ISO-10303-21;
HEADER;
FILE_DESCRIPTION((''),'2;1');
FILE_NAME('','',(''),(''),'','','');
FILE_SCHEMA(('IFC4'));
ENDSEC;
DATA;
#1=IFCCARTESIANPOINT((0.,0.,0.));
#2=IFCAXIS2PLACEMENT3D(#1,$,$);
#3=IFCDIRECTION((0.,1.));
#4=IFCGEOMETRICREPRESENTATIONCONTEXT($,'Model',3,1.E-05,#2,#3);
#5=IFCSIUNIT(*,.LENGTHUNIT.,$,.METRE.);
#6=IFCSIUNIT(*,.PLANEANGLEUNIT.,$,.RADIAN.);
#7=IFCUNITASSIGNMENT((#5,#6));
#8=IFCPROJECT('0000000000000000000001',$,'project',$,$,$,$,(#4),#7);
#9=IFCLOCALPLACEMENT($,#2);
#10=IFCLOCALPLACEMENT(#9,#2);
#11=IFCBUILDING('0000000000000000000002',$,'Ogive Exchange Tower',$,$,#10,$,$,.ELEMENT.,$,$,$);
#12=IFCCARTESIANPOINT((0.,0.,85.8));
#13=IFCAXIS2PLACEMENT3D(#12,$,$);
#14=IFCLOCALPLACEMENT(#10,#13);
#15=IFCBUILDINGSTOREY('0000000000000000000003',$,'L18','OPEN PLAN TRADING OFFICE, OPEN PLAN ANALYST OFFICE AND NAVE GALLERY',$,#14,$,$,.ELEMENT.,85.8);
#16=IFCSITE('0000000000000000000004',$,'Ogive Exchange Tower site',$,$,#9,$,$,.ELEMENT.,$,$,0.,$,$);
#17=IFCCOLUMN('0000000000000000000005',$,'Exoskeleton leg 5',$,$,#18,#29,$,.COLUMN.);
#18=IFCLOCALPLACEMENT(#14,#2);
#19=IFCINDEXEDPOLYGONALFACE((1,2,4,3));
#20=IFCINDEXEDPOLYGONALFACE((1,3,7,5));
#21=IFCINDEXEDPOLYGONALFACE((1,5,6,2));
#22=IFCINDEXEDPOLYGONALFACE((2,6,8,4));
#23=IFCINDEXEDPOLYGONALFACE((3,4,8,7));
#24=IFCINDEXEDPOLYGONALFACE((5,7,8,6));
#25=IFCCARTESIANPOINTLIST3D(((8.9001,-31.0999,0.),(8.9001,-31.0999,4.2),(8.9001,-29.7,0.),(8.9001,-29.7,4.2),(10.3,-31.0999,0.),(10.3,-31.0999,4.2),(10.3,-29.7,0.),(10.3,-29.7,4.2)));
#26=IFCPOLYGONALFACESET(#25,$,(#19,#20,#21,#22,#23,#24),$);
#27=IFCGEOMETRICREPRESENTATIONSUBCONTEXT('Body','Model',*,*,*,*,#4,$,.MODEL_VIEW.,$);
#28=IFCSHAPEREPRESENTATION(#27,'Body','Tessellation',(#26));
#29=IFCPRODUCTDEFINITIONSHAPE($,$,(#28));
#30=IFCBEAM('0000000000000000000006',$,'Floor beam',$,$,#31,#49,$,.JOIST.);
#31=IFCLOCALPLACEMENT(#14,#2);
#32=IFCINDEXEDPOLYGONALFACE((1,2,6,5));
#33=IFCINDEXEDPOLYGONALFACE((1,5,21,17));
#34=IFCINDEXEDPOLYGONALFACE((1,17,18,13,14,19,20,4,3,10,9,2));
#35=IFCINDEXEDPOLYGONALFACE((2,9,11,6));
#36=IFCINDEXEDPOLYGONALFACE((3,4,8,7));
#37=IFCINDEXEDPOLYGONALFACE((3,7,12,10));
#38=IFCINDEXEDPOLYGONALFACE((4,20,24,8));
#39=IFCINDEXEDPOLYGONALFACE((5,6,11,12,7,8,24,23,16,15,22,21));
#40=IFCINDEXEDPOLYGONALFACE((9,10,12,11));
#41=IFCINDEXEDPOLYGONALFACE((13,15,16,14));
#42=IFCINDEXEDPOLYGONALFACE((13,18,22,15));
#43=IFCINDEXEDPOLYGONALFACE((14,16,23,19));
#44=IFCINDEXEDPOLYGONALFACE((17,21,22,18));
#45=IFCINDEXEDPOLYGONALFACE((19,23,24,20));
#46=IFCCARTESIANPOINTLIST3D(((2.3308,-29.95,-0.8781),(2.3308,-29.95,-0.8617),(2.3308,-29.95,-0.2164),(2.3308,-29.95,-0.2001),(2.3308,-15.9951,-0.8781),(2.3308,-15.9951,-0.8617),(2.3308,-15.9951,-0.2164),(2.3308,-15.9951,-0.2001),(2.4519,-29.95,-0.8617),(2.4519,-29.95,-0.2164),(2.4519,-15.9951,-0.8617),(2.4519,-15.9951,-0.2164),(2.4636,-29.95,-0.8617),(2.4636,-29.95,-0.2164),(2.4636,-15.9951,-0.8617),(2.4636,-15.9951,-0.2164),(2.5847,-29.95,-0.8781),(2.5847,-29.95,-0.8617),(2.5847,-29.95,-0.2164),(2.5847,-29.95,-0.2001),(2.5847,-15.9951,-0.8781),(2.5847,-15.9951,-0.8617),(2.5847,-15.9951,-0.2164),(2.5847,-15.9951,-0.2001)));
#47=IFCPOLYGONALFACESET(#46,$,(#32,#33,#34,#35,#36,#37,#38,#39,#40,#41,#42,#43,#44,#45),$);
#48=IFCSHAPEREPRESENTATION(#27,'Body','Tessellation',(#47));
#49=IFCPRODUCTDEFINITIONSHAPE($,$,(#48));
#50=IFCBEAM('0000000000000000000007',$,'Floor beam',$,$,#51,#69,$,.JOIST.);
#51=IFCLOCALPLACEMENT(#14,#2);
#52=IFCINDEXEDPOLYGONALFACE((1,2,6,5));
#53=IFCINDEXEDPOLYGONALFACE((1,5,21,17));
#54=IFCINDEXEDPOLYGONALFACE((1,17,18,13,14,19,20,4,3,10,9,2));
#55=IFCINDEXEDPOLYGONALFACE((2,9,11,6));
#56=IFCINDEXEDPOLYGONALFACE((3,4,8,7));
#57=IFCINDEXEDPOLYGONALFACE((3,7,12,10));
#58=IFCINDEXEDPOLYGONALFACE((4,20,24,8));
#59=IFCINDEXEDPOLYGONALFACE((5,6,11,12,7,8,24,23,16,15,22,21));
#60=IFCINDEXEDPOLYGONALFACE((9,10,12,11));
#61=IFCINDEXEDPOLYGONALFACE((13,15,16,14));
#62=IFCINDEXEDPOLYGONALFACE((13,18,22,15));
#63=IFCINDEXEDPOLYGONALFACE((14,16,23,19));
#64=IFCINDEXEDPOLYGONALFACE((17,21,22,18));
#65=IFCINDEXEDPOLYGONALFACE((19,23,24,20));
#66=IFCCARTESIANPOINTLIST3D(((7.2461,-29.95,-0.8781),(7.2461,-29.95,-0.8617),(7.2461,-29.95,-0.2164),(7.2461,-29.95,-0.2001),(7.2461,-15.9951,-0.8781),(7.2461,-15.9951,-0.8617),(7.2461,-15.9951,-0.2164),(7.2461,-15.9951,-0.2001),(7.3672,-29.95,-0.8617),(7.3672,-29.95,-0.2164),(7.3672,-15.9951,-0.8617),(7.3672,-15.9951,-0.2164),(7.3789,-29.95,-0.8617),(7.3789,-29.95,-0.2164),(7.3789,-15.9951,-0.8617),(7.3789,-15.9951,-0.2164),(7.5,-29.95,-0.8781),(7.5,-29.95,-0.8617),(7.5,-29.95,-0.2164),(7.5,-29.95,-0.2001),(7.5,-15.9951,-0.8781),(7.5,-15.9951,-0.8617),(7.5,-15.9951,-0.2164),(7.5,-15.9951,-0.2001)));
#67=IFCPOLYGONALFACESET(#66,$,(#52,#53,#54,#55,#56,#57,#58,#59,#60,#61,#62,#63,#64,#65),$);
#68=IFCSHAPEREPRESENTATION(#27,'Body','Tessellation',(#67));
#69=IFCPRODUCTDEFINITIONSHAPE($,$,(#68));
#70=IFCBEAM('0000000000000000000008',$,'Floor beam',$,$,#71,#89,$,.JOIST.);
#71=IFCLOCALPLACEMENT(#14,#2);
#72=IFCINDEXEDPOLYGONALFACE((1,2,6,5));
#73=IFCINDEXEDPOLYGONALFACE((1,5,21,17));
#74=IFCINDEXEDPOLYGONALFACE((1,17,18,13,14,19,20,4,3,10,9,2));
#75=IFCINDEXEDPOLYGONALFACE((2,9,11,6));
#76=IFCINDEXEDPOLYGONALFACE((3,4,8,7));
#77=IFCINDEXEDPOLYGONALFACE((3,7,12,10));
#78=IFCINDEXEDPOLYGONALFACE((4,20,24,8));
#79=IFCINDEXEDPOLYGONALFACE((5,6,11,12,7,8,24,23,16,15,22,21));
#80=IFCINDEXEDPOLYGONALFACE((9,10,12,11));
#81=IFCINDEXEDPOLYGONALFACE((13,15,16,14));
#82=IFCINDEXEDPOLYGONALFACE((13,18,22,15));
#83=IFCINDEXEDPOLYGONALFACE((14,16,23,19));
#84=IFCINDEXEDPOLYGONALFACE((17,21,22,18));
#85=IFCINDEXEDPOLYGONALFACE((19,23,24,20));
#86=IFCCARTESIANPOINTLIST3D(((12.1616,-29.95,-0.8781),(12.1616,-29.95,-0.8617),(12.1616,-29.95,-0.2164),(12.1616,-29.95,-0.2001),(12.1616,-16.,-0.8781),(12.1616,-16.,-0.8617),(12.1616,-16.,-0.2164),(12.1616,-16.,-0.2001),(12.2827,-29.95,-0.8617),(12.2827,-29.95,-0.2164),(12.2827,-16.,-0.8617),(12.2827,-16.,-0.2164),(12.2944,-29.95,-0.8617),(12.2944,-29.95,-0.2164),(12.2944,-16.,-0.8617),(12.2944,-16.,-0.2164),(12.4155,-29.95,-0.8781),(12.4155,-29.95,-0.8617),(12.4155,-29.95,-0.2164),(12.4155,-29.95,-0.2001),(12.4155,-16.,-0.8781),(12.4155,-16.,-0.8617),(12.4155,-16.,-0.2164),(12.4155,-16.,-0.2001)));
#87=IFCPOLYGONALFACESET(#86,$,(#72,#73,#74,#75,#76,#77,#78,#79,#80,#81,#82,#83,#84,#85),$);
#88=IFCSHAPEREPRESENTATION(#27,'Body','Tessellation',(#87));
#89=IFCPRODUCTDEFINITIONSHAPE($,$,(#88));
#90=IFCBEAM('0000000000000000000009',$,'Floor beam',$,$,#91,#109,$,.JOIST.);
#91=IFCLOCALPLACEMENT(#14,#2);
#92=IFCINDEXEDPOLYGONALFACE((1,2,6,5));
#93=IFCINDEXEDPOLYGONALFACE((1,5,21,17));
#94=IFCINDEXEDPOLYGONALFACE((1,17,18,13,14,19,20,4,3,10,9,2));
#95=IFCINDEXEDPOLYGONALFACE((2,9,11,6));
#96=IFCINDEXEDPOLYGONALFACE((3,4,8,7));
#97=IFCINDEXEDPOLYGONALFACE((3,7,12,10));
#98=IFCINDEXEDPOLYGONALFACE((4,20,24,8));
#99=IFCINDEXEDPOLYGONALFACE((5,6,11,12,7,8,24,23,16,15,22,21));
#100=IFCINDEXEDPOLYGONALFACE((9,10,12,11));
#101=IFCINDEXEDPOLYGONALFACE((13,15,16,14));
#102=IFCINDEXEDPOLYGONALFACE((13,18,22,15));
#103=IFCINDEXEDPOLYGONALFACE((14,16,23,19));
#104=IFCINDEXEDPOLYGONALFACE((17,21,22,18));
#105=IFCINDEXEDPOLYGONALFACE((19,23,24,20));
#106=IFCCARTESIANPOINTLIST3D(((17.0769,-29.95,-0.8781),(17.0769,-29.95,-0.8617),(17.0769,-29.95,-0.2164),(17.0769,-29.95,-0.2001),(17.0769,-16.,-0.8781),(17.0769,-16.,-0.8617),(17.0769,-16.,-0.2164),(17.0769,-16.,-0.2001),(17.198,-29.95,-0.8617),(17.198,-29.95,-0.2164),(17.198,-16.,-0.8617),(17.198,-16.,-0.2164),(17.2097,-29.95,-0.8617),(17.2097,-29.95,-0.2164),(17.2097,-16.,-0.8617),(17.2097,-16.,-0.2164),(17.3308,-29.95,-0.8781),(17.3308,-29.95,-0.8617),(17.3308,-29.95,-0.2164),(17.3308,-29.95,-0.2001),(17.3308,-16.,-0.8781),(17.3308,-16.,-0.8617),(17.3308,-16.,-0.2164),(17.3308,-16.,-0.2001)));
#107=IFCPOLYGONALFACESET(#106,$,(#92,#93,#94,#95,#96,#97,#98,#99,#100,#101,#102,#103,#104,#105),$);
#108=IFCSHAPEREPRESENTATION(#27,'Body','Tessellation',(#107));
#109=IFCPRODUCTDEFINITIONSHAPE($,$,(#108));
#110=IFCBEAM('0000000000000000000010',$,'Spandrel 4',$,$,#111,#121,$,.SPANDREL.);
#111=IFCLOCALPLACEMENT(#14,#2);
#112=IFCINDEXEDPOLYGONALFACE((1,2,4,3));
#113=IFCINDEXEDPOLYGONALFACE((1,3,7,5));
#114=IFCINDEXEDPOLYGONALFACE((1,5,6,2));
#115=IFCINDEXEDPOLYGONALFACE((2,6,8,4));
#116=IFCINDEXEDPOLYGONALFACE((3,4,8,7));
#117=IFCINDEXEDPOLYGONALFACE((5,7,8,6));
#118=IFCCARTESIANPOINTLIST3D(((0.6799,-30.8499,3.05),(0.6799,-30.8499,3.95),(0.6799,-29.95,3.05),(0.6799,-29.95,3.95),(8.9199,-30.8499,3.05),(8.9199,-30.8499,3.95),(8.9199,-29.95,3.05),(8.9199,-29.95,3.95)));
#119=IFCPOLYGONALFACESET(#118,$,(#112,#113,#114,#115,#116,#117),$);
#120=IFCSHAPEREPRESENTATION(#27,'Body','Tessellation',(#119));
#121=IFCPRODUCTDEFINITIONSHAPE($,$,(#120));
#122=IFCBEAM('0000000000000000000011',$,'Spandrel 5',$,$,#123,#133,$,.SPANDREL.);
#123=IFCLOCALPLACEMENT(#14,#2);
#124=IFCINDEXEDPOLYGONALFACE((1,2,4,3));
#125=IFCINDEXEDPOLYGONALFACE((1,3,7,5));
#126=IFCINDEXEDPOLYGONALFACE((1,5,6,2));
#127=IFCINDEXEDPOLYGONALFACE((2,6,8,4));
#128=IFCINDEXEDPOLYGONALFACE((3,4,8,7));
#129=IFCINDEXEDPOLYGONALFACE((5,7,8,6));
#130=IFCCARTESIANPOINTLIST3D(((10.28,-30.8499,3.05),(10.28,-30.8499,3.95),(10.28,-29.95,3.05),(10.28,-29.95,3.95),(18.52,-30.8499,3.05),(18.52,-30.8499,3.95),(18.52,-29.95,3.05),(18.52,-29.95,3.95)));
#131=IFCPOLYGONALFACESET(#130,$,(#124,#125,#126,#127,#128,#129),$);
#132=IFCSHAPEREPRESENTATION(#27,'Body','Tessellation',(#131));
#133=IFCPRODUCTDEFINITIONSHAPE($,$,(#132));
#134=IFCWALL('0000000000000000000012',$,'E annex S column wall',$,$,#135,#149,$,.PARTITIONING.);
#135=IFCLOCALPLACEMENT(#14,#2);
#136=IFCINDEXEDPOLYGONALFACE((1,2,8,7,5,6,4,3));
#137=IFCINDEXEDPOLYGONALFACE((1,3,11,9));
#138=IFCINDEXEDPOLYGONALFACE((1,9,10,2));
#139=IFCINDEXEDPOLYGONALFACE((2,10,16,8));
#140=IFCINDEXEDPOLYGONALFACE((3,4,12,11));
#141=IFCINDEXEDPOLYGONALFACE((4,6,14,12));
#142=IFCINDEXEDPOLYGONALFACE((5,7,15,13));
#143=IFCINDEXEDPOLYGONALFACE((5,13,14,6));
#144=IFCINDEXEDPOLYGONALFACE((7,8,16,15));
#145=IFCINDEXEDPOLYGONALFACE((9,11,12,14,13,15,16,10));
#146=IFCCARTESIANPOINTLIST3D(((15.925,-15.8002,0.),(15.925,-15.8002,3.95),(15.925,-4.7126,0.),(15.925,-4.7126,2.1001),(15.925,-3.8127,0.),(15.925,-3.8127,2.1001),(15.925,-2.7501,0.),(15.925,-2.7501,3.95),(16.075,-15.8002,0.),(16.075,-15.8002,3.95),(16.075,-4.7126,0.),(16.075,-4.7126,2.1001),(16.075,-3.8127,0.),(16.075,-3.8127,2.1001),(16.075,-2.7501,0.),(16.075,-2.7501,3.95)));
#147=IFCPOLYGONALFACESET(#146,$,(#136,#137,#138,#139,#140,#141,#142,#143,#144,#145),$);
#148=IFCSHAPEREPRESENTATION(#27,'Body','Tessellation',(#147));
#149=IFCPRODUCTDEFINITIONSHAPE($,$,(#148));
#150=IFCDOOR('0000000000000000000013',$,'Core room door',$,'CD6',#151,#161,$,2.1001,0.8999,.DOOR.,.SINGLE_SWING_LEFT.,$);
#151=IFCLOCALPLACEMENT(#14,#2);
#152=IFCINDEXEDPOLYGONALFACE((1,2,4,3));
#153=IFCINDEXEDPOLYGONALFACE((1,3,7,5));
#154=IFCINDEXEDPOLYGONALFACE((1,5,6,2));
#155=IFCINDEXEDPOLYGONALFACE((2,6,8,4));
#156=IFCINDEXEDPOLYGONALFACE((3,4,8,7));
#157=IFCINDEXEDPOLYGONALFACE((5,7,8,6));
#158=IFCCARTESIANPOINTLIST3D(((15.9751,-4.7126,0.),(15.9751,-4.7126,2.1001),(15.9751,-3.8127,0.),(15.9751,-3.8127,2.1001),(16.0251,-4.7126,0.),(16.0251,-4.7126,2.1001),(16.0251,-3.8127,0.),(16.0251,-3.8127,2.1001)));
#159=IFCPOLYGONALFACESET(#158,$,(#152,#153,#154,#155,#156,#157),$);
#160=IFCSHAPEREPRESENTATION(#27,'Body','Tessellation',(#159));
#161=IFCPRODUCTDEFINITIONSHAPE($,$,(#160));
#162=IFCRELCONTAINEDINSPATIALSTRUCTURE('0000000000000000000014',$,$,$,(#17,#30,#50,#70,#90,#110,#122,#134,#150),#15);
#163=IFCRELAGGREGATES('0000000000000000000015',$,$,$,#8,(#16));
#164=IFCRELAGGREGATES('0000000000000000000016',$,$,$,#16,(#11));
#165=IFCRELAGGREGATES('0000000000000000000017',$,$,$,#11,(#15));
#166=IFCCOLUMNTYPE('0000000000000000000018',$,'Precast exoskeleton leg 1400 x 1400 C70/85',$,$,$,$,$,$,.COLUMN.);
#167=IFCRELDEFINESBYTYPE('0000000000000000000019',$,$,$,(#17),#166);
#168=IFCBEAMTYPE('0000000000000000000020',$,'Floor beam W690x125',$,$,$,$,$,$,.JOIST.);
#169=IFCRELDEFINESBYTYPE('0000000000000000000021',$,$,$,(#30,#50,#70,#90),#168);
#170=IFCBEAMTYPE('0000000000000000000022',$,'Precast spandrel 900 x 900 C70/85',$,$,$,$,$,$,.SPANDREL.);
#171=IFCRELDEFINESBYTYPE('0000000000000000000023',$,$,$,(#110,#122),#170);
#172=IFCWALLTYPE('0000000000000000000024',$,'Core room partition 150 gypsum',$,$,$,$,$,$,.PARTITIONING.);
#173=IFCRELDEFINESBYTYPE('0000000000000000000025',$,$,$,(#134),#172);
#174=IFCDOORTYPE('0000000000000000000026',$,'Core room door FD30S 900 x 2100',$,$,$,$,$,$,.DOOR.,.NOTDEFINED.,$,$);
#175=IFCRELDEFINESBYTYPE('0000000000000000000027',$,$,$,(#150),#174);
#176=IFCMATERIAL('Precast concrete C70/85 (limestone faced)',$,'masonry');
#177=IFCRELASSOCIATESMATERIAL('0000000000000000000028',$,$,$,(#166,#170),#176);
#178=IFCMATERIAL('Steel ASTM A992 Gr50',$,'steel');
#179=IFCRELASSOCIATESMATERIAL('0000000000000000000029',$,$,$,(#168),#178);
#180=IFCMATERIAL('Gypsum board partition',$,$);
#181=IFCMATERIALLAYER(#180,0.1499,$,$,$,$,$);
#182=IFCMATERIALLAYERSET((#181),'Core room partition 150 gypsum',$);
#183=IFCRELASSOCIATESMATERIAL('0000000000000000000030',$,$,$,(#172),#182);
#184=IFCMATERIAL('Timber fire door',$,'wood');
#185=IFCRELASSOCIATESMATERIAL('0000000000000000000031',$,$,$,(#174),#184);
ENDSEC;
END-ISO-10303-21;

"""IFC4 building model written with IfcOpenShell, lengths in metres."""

from ifc_helpers import new_model, si_unit, direction, frame, frame_2d, origin, origin_2d, place, context, subcontext, project, spatial, rectangle, i_section, extrude, material, layer, layer_set, material_profile, profile_set, type_object, element, fill, save


model = new_model("IFC4")

# Units and contexts
model_context = context("Model", 3, precision=1e-05, world=origin(), true_north=direction((0.0, 1.0)))
body_context = subcontext(model_context, "Body", "Model", "MODEL_VIEW")
ifc_project = project(units=[si_unit("LENGTHUNIT", "METRE"), si_unit("PLANEANGLEUNIT", "RADIAN")], contexts=[model_context])

# Site, building, storey
site_placement = place(None, origin())
site = spatial("IfcSite", under=ifc_project, at=site_placement, Name="Ogive Exchange Tower site", CompositionType="ELEMENT", RefElevation=0.0)
building_placement = place(site_placement, origin())
building = spatial("IfcBuilding", under=site, at=building_placement, Name="Ogive Exchange Tower", CompositionType="ELEMENT")
storey_placement = place(building_placement, frame((0.0, 0.0, 85.8)))
storey = spatial("IfcBuildingStorey", under=building, at=storey_placement, Name="L18", Description="OPEN PLAN TRADING OFFICE, OPEN PLAN ANALYST OFFICE AND NAVE GALLERY", CompositionType="ELEMENT", Elevation=85.8)

# Column
ifc_material_1 = material(Name="Precast concrete C70/85 (limestone faced)", Category="masonry")
ifc_material_profile_1 = material_profile(ifc_material_1, rectangle(XDim=1.3999, YDim=1.3999, at=origin_2d()), Name="1400 x 1400")
ifc_profile_set_1 = profile_set([ifc_material_profile_1], Name="Precast concrete C70/85 (limestone faced)")
column_type = type_object("IfcColumnType", Name="Precast exoskeleton leg 1400 x 1400 C70/85", PredefinedType="COLUMN", material=ifc_profile_set_1)
column_placement = place(storey_placement, frame((9.6001, -30.3999, 0.0), z_axis=(0.0, 0.0, 1.0), x_axis=(1.0, 0.0, 0.0)))
element("IfcColumn", 1, at=column_placement, inside=storey, type_object=column_type, Name="Exoskeleton leg 5", PredefinedType="COLUMN", context=body_context, shape_type="SweptSolid", body=[
    extrude(rectangle(XDim=1.3999, YDim=1.3999, at=origin_2d()), origin(), (0.0, 0.0, 1.0), 4.2),
])

# Beams
ifc_material_2 = material(Name="Steel ASTM A992 Gr50", Category="steel")
ifc_material_profile_2 = material_profile(ifc_material_2, i_section(OverallWidth=0.2539, OverallDepth=0.678, WebThickness=0.0117, FlangeThickness=0.0164, at=origin_2d()), Name="W690x125")
ifc_profile_set_2 = profile_set([ifc_material_profile_2], Name="Steel ASTM A992 Gr50")
beam_type_1 = type_object("IfcBeamType", Name="Floor beam W690x125", PredefinedType="JOIST", material=ifc_profile_set_2)
for number, where, z_axis, x_axis, name in (
    (2, (2.4578, -29.95, -0.5391), (0.0, 1.0, 0.0), (-1.0, 0.0, 0.0), "Floor beam"),
    (3, (7.373, -29.95, -0.5391), (0.0, 1.0, 0.0), (-1.0, 0.0, 0.0), "Floor beam"),
):
    element("IfcBeam", number, at=place(storey_placement, frame(where, z_axis=z_axis, x_axis=x_axis)), inside=storey, type_object=beam_type_1, Name=name, PredefinedType="JOIST", context=body_context, shape_type="SweptSolid", body=[
        extrude(i_section(OverallWidth=0.2539, OverallDepth=0.678, WebThickness=0.0117, FlangeThickness=0.0164, at=origin_2d()), origin(), (0.0, 0.0, 1.0), 13.9548),
    ])
for number, where, z_axis, x_axis, name in (
    (4, (12.2886, -29.95, -0.5391), (0.0, 1.0, 0.0), (-1.0, 0.0, 0.0), "Floor beam"),
    (5, (17.2039, -29.95, -0.5391), (0.0, 1.0, 0.0), (-1.0, 0.0, 0.0), "Floor beam"),
):
    element("IfcBeam", number, at=place(storey_placement, frame(where, z_axis=z_axis, x_axis=x_axis)), inside=storey, type_object=beam_type_1, Name=name, PredefinedType="JOIST", context=body_context, shape_type="SweptSolid", body=[
        extrude(i_section(OverallWidth=0.2539, OverallDepth=0.678, WebThickness=0.0117, FlangeThickness=0.0164, at=origin_2d()), origin(), (0.0, 0.0, 1.0), 13.95),
    ])
ifc_material_profile_3 = material_profile(ifc_material_1, rectangle(XDim=0.8999, YDim=0.8999, at=origin_2d()), Name="900 x 900")
ifc_profile_set_3 = profile_set([ifc_material_profile_3], Name="Precast concrete C70/85 (limestone faced)")
beam_type_2 = type_object("IfcBeamType", Name="Precast spandrel 900 x 900 C70/85", PredefinedType="SPANDREL", material=ifc_profile_set_3)
for number, where, z_axis, x_axis, name in (
    (6, (0.6799, -30.3999, 3.5), (1.0, 0.0, 0.0), (0.0, 1.0, 0.0), "Spandrel 4"),
    (7, (10.28, -30.3999, 3.5), (1.0, 0.0, 0.0), (0.0, 1.0, 0.0), "Spandrel 5"),
):
    element("IfcBeam", number, at=place(storey_placement, frame(where, z_axis=z_axis, x_axis=x_axis)), inside=storey, type_object=beam_type_2, Name=name, PredefinedType="SPANDREL", context=body_context, shape_type="SweptSolid", body=[
        extrude(rectangle(XDim=0.8999, YDim=0.8999, at=origin_2d()), origin(), (0.0, 0.0, 1.0), 8.24),
    ])

# Wall, opening, door
ifc_material_3 = material(Name="Gypsum board partition")
ifc_layer_1 = layer(ifc_material_3, 0.1499)
ifc_layer_set_1 = layer_set([ifc_layer_1], Name="Core room partition 150 gypsum")
wall_type_1 = type_object("IfcWallType", Name="Core room partition 150 gypsum", PredefinedType="PARTITIONING", material=ifc_layer_set_1)
wall_1_placement = place(storey_placement, frame((16.0, -15.8, 0.0), z_axis=(0.0, 0.0, 1.0), x_axis=(0.0, 1.0, 0.0)))
wall_1 = element("IfcWall", 8, at=wall_1_placement, inside=storey, type_object=wall_type_1, Name="E annex S column wall", PredefinedType="PARTITIONING", context=body_context, shape_type="SweptSolid", body=[
    extrude(rectangle(XDim=13.05, YDim=0.1499, at=frame_2d((6.5249, 0.0))), origin(), (0.0, 0.0, 1.0), 3.95),
])
opening_1_placement = place(wall_1_placement, frame((11.0874, 0.0, 0.0)))
opening_1 = element("IfcOpeningElement", 9, at=opening_1_placement, cuts=wall_1, PredefinedType="OPENING", context=body_context, shape_type="SweptSolid", body=[
    extrude(rectangle(XDim=0.8999, YDim=2.1001, at=frame_2d((0.45, 1.05))), frame((0.0, 0.085, 0.0), z_axis=(0.0, -1.0, 0.0), x_axis=(1.0, 0.0, 0.0)), (0.0, 0.0, 1.0), 0.1699),
])
ifc_material_4 = material(Name="Timber fire door", Category="wood")
door_type_1 = type_object("IfcDoorType", Name="Core room door FD30S 900 x 2100", OperationType="NOTDEFINED", PredefinedType="DOOR", material=ifc_material_4)
door_1_placement = place(opening_1_placement, origin())
door_1 = element("IfcDoor", 10, at=door_1_placement, inside=storey, type_object=door_type_1, Name="Core room door", ObjectType="CD6", OperationType="SINGLE_SWING_LEFT", OverallHeight=2.1001, OverallWidth=0.8999, PredefinedType="DOOR", context=body_context, shape_type="SweptSolid", body=[
    extrude(rectangle(XDim=0.8999, YDim=2.1001, at=frame_2d((0.45, 1.05))), frame((0.0, 0.0249, 0.0), z_axis=(0.0, -1.0, 0.0), x_axis=(1.0, 0.0, 0.0)), (0.0, 0.0, 1.0), 0.05),
])
fill(opening_1, door_1)

save(model, "model.ifc")
